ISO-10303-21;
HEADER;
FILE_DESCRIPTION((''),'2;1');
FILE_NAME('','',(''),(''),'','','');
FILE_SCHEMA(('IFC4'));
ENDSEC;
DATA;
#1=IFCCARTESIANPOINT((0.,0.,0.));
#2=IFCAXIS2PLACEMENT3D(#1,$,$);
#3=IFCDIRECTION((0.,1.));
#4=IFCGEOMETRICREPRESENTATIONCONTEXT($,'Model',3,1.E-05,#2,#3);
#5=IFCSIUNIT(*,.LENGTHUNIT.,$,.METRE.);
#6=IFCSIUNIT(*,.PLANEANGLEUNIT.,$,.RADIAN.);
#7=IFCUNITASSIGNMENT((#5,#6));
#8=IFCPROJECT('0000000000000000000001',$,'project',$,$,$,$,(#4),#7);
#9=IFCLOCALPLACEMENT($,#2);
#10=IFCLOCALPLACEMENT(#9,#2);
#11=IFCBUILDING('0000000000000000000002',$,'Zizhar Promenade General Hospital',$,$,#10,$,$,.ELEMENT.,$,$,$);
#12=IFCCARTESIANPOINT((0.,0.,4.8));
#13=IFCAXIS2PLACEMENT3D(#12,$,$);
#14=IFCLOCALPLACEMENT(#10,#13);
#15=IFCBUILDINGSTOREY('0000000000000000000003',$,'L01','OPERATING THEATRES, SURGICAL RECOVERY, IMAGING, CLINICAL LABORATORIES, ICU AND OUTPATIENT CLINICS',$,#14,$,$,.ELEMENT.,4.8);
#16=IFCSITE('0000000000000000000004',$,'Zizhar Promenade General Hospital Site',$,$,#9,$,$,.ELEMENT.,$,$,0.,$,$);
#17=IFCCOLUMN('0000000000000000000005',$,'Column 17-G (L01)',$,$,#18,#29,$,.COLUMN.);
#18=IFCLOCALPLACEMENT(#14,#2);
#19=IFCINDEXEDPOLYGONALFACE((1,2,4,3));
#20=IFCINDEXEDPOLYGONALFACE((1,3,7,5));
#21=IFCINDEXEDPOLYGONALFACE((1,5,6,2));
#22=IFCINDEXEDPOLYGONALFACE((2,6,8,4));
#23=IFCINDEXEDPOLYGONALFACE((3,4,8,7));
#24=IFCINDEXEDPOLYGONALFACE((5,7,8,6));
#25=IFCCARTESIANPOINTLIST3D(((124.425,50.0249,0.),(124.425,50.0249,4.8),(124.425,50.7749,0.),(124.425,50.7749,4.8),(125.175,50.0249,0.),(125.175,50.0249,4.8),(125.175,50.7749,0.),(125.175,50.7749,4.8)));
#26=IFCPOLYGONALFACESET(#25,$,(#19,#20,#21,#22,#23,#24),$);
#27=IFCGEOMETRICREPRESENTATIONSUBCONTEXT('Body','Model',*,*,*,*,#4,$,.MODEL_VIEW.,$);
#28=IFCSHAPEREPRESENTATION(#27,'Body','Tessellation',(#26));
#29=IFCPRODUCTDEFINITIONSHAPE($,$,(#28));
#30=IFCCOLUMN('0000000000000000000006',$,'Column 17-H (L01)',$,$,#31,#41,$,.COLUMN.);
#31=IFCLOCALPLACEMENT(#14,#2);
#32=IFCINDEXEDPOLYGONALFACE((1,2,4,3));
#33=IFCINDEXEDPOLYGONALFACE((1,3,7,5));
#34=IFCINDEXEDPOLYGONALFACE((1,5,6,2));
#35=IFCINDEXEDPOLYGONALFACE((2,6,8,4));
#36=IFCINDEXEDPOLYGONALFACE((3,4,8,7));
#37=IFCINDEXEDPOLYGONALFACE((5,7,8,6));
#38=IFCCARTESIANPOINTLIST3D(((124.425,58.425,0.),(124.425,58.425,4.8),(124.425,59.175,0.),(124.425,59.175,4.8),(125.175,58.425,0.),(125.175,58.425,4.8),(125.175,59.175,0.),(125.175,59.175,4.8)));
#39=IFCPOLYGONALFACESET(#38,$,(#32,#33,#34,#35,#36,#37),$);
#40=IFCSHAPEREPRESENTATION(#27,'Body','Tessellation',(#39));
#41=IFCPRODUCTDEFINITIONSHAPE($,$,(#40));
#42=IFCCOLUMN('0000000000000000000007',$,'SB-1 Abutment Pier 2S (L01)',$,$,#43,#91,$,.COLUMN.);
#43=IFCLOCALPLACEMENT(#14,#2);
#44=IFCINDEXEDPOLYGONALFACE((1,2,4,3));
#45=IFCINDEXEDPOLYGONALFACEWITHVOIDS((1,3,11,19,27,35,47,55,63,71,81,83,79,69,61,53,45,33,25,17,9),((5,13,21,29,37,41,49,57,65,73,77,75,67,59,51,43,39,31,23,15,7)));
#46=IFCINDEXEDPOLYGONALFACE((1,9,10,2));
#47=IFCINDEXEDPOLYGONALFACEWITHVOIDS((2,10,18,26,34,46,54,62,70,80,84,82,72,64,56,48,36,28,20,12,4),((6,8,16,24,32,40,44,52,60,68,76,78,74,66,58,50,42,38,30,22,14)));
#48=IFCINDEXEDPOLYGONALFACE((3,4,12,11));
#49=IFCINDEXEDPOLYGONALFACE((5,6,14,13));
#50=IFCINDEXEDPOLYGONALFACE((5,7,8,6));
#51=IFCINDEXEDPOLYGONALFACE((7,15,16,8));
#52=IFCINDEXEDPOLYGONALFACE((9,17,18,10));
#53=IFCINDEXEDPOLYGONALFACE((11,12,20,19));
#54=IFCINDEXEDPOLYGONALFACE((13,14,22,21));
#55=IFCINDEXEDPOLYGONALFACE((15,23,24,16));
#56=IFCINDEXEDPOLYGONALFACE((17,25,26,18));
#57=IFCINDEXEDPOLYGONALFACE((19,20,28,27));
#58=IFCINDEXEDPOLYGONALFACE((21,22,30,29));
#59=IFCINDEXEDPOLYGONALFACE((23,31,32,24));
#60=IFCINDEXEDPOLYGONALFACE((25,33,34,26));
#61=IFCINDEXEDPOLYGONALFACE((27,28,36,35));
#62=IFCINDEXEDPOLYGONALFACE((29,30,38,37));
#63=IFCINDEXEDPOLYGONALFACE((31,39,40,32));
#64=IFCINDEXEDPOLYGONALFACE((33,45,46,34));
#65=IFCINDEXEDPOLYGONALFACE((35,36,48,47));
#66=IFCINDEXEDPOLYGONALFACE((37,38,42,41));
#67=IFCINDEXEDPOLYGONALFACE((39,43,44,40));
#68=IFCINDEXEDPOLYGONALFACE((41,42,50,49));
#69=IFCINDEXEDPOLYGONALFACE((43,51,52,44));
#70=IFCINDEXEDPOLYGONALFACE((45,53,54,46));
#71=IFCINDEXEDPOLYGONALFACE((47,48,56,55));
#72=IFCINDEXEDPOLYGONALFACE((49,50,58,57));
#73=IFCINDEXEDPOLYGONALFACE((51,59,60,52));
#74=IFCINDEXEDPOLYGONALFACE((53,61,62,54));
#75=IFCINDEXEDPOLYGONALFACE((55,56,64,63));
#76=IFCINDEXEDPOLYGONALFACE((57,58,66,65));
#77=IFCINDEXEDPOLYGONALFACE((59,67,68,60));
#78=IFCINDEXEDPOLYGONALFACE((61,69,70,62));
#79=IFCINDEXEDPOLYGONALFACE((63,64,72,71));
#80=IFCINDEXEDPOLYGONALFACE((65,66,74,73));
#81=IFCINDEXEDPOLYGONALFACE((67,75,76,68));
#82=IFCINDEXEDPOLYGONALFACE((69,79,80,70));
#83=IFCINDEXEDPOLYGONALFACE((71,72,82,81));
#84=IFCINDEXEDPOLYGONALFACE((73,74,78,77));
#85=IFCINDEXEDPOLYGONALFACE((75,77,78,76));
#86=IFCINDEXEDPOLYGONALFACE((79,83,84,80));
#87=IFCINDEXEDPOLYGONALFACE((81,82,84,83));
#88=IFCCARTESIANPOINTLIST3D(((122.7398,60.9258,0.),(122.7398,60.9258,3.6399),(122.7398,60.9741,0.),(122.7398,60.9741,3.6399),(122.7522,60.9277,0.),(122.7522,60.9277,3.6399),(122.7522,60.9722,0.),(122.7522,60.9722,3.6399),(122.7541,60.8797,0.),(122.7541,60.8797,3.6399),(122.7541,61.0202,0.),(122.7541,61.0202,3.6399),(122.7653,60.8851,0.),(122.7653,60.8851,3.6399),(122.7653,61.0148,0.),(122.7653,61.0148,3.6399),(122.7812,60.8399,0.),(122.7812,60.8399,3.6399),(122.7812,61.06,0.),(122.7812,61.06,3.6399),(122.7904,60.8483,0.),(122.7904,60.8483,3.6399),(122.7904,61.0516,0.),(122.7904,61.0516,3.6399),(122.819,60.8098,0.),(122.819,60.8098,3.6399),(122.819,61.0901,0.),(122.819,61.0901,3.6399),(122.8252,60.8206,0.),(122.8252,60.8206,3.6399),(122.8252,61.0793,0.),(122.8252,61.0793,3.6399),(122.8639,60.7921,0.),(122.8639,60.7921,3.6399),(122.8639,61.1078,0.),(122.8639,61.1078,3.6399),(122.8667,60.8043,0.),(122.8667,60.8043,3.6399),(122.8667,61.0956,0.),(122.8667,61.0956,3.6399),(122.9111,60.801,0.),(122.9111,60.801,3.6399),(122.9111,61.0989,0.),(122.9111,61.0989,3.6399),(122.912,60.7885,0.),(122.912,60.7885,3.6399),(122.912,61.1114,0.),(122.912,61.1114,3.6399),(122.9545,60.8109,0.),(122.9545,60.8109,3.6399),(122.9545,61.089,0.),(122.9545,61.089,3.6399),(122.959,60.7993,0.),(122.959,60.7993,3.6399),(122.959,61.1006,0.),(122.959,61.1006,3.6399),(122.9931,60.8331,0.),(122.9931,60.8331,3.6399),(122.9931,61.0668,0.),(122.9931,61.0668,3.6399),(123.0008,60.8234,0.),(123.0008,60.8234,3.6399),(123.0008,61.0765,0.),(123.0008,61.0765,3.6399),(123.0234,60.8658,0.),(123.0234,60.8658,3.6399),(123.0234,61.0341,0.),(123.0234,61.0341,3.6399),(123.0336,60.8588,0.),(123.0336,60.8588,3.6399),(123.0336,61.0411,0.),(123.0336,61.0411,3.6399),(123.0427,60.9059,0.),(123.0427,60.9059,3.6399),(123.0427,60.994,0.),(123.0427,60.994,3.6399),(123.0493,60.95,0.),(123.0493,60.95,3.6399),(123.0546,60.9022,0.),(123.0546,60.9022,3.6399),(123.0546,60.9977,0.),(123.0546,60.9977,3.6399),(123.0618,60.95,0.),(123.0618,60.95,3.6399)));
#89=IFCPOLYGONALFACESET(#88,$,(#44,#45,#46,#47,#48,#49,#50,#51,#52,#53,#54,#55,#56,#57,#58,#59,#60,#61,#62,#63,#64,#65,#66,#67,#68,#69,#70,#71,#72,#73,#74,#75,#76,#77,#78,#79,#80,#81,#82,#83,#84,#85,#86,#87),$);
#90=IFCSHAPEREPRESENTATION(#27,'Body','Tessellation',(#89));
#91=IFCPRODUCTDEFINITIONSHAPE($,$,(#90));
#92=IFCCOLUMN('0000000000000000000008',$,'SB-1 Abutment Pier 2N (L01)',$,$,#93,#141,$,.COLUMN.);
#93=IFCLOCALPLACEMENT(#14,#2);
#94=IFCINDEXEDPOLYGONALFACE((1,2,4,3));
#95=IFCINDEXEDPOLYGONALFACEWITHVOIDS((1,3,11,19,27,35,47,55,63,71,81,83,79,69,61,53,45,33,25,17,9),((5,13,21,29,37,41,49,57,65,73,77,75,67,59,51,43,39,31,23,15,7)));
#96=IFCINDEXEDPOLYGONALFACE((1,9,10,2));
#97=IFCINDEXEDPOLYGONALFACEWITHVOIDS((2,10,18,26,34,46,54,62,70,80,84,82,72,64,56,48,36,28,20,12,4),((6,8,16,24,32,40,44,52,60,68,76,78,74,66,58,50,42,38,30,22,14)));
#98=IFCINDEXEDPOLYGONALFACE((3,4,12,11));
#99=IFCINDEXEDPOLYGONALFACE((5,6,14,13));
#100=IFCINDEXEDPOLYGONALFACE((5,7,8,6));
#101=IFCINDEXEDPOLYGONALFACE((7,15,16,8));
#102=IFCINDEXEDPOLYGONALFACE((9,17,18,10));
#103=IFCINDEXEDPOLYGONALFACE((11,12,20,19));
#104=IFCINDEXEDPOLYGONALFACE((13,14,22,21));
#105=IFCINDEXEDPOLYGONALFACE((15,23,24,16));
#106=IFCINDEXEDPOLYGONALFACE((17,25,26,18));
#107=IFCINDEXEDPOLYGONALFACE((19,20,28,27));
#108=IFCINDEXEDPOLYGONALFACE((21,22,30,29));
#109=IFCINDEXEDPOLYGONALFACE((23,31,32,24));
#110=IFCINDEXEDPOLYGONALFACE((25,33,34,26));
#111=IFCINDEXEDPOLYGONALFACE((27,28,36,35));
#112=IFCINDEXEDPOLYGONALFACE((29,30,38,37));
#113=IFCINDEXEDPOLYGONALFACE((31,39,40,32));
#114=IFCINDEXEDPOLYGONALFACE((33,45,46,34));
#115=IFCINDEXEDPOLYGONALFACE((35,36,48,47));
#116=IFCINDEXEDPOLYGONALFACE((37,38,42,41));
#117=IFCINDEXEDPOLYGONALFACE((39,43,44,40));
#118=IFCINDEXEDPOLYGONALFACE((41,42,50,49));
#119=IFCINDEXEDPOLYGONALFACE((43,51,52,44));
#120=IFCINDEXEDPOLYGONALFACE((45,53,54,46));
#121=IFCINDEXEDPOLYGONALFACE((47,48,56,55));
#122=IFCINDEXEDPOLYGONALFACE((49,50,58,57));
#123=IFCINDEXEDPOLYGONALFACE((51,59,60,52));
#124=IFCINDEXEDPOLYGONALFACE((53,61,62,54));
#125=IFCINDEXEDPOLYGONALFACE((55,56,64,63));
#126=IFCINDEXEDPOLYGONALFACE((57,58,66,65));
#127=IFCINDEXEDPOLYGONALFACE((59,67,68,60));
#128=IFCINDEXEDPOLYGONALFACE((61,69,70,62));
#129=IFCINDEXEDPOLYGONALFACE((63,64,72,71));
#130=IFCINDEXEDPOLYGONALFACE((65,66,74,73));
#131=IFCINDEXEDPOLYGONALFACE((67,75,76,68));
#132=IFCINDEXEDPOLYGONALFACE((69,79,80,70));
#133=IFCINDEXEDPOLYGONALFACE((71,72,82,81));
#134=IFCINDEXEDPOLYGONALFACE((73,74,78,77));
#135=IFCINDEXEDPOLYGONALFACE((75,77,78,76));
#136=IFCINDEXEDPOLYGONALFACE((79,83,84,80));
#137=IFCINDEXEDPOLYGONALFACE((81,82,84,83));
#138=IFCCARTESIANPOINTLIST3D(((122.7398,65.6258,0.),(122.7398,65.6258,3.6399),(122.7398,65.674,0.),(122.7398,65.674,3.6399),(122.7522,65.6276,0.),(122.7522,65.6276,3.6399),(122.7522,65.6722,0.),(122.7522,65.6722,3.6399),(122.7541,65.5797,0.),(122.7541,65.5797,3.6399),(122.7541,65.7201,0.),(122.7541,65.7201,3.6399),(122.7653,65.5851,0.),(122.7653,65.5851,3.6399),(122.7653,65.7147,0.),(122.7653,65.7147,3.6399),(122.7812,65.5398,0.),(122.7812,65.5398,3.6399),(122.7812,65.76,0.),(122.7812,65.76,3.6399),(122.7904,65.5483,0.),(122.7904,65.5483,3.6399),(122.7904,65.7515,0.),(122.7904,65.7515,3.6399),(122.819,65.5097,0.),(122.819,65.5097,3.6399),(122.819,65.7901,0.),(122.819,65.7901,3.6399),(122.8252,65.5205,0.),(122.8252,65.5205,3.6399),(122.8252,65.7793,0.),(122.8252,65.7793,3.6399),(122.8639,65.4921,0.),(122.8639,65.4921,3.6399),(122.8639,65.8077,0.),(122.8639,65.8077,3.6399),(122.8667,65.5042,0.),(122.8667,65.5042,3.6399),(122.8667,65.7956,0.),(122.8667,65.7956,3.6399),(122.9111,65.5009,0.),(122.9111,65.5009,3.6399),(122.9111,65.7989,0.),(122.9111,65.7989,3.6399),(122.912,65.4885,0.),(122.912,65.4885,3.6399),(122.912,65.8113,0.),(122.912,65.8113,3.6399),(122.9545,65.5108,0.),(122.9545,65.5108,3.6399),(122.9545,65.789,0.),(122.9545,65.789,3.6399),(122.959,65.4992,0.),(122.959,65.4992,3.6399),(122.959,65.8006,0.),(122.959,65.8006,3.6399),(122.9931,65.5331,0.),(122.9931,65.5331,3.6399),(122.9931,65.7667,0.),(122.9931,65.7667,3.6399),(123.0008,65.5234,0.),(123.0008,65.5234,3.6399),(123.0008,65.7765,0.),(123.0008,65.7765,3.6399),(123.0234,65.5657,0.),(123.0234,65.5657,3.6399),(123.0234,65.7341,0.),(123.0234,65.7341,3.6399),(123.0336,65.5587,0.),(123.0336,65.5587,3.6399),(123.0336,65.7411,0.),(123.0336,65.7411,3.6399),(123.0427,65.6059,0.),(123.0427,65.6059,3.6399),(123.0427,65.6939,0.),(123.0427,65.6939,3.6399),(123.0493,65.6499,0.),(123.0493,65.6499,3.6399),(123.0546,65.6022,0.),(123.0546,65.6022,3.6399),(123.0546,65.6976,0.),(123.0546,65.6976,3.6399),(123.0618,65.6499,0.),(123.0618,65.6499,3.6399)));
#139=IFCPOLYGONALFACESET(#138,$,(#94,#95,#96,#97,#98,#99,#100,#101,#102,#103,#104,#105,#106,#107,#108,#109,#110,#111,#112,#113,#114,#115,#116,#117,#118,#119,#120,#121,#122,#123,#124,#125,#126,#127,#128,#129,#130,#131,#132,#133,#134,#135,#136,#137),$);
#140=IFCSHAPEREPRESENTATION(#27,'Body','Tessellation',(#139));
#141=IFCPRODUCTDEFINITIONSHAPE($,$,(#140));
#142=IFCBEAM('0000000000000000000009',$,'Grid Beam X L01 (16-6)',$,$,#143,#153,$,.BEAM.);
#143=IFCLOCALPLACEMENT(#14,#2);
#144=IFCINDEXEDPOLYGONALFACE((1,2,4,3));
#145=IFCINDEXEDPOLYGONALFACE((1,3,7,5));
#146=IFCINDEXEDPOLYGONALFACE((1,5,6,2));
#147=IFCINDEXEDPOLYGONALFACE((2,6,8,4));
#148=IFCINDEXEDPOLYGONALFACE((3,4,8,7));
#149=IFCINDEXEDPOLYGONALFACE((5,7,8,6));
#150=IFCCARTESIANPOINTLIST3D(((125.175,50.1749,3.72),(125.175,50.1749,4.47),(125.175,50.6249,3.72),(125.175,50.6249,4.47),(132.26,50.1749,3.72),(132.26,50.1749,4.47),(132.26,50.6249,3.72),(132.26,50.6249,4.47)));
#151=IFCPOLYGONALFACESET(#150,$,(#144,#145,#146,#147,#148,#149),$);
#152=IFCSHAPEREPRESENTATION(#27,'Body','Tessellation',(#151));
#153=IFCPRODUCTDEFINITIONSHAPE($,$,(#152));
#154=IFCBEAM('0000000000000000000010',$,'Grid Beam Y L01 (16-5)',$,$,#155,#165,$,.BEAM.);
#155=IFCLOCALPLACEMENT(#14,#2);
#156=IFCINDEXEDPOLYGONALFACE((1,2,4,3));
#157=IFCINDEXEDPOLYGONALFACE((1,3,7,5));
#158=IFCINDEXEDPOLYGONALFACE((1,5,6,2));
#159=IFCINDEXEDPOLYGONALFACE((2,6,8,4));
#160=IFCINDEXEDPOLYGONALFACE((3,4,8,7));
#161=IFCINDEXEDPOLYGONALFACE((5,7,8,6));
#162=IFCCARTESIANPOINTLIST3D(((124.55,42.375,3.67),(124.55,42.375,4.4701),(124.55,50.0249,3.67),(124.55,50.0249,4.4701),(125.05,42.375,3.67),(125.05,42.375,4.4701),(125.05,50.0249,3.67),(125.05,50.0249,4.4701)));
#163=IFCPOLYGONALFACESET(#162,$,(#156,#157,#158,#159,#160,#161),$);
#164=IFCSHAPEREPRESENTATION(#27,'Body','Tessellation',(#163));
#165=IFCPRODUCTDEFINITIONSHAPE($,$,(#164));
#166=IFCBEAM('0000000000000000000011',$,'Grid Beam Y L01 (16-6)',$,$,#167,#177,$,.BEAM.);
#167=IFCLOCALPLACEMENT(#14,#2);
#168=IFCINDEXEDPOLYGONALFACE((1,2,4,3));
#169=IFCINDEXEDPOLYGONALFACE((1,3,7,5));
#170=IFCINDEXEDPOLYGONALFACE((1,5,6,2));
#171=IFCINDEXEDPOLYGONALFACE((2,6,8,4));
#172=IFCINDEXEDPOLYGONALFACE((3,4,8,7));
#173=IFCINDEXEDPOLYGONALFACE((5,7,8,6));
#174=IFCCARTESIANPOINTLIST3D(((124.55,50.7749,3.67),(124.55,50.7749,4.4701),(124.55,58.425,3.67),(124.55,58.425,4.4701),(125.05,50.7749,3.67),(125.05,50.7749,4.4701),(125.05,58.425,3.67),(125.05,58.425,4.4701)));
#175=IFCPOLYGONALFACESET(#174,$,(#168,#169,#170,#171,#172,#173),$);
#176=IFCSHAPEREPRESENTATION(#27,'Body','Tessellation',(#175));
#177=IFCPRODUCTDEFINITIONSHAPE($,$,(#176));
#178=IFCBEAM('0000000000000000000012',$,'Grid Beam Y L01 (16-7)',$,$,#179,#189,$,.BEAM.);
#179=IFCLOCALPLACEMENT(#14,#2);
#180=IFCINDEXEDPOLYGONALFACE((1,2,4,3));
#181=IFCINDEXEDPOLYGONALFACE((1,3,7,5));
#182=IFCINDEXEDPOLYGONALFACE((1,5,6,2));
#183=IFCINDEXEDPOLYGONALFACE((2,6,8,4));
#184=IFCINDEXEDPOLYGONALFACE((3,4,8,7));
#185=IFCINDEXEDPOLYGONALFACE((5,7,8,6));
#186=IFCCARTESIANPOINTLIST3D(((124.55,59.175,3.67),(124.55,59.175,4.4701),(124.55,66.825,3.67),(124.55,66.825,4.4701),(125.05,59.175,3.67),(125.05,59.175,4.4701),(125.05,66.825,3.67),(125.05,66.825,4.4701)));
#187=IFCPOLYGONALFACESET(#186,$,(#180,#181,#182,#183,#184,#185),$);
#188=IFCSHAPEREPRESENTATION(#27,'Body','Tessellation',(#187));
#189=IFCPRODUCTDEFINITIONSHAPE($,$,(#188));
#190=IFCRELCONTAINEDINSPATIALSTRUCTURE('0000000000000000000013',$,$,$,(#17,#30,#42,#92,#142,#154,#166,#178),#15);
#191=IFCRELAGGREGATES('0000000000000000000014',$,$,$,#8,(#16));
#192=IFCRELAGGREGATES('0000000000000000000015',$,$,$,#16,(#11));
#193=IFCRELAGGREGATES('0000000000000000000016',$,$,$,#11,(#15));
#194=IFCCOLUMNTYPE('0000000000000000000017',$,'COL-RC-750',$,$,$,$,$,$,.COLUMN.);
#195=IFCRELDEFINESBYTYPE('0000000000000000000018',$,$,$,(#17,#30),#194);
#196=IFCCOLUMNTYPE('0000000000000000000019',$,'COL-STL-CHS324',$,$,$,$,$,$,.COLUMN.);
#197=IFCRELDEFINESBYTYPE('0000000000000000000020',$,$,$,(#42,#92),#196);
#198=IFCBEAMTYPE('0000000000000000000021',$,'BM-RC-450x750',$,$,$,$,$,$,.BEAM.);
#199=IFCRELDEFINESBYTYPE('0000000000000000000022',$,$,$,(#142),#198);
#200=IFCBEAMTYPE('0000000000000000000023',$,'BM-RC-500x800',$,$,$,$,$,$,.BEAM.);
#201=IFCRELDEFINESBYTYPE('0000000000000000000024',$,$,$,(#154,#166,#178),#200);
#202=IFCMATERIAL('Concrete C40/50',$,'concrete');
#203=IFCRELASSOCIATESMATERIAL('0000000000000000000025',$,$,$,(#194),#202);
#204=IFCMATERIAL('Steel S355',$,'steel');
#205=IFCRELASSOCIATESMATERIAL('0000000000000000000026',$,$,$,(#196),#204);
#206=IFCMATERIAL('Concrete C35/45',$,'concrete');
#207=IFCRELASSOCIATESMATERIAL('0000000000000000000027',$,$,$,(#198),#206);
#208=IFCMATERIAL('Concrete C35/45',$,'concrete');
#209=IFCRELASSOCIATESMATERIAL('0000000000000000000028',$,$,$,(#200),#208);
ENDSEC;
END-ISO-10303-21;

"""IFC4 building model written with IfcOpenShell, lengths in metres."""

from ifc_helpers import new_model, si_unit, direction, frame, origin, origin_2d, place, context, subcontext, project, spatial, rectangle, hollow_circle, extrude, material, material_profile, profile_set, type_object, element, save


model = new_model("IFC4")

# Units and contexts
model_context = context("Model", 3, precision=1e-05, world=origin(), true_north=direction((0.0, 1.0)))
body_context = subcontext(model_context, "Body", "Model", "MODEL_VIEW")
ifc_project = project(units=[si_unit("LENGTHUNIT", "METRE"), si_unit("PLANEANGLEUNIT", "RADIAN")], contexts=[model_context])

# Site, building, storey
site_placement = place(None, origin())
site = spatial("IfcSite", under=ifc_project, at=site_placement, Name="Zizhar Promenade General Hospital Site", CompositionType="ELEMENT", RefElevation=0.0)
building_placement = place(site_placement, origin())
building = spatial("IfcBuilding", under=site, at=building_placement, Name="Zizhar Promenade General Hospital", CompositionType="ELEMENT")
storey_placement = place(building_placement, frame((0.0, 0.0, 4.8)))
storey = spatial("IfcBuildingStorey", under=building, at=storey_placement, Name="L01", Description="OPERATING THEATRES, SURGICAL RECOVERY, IMAGING, CLINICAL LABORATORIES, ICU AND OUTPATIENT CLINICS", CompositionType="ELEMENT", Elevation=4.8)

# Columns
ifc_material_1 = material(Name="Concrete C40/50", Category="concrete")
ifc_material_profile_1 = material_profile(ifc_material_1, rectangle(XDim=0.75, YDim=0.75, at=origin_2d()))
ifc_profile_set_1 = profile_set([ifc_material_profile_1], Name="Concrete C40/50")
column_type_1 = type_object("IfcColumnType", Name="COL-RC-750", PredefinedType="COLUMN", material=ifc_profile_set_1)
for number, where, z_axis, x_axis, name in (
    (1, (124.8, 50.3999, 0.0), (0.0, 0.0, 1.0), (1.0, 0.0, 0.0), "Column 17-G (L01)"),
    (2, (124.8, 58.8, 0.0), (0.0, 0.0, 1.0), (1.0, 0.0, 0.0), "Column 17-H (L01)"),
):
    element("IfcColumn", number, at=place(storey_placement, frame(where, z_axis=z_axis, x_axis=x_axis)), inside=storey, type_object=column_type_1, Name=name, PredefinedType="COLUMN", context=body_context, shape_type="SweptSolid", body=[
        extrude(rectangle(XDim=0.75, YDim=0.75, at=origin_2d()), origin(), (0.0, 0.0, 1.0), 4.8),
    ])
ifc_material_2 = material(Name="Steel S355", Category="steel")
ifc_material_profile_2 = material_profile(ifc_material_2, hollow_circle(Radius=0.1619, WallThickness=0.0125, at=origin_2d()))
ifc_profile_set_2 = profile_set([ifc_material_profile_2], Name="Steel S355")
column_type_2 = type_object("IfcColumnType", Name="COL-STL-CHS324", PredefinedType="COLUMN", material=ifc_profile_set_2)
for number, where, z_axis, x_axis, name in (
    (3, (122.8999, 60.95, 0.0), (0.0, 0.0, 1.0), (1.0, 0.0, 0.0), "SB-1 Abutment Pier 2S (L01)"),
    (4, (122.8999, 65.6499, 0.0), (0.0, 0.0, 1.0), (1.0, 0.0, 0.0), "SB-1 Abutment Pier 2N (L01)"),
):
    element("IfcColumn", number, at=place(storey_placement, frame(where, z_axis=z_axis, x_axis=x_axis)), inside=storey, type_object=column_type_2, Name=name, PredefinedType="COLUMN", context=body_context, shape_type="SweptSolid", body=[
        extrude(hollow_circle(Radius=0.1619, WallThickness=0.0125, at=origin_2d()), origin(), (0.0, 0.0, 1.0), 3.6399),
    ])

# Beams
ifc_material_3 = material(Name="Concrete C35/45", Category="concrete")
ifc_material_profile_3 = material_profile(ifc_material_3, rectangle(XDim=0.45, YDim=0.75, at=origin_2d()))
ifc_profile_set_3 = profile_set([ifc_material_profile_3], Name="Concrete C35/45")
beam_type_1 = type_object("IfcBeamType", Name="BM-RC-450x750", PredefinedType="BEAM", material=ifc_profile_set_3)
beam_1_placement = place(storey_placement, frame((125.175, 50.3999, 4.095), z_axis=(1.0, 0.0, 0.0), x_axis=(0.0, 1.0, 0.0)))
element("IfcBeam", 5, at=beam_1_placement, inside=storey, type_object=beam_type_1, Name="Grid Beam X L01 (16-6)", PredefinedType="BEAM", context=body_context, shape_type="SweptSolid", body=[
    extrude(rectangle(XDim=0.45, YDim=0.75, at=origin_2d()), origin(), (0.0, 0.0, 1.0), 7.085),
])
ifc_material_4 = material(Name="Concrete C35/45", Category="concrete")
ifc_material_profile_4 = material_profile(ifc_material_4, rectangle(XDim=0.5, YDim=0.8, at=origin_2d()))
ifc_profile_set_4 = profile_set([ifc_material_profile_4], Name="Concrete C35/45")
beam_type_2 = type_object("IfcBeamType", Name="BM-RC-500x800", PredefinedType="BEAM", material=ifc_profile_set_4)
beam_2_placement = place(storey_placement, frame((124.8, 42.375, 4.0701), z_axis=(0.0, 1.0, 0.0), x_axis=(-1.0, 0.0, 0.0)))
element("IfcBeam", 6, at=beam_2_placement, inside=storey, type_object=beam_type_2, Name="Grid Beam Y L01 (16-5)", PredefinedType="BEAM", context=body_context, shape_type="SweptSolid", body=[
    extrude(rectangle(XDim=0.5, YDim=0.8, at=origin_2d()), origin(), (0.0, 0.0, 1.0), 7.6499),
])
beam_3_placement = place(storey_placement, frame((124.8, 50.7749, 4.0701), z_axis=(0.0, 1.0, 0.0), x_axis=(-1.0, 0.0, 0.0)))
element("IfcBeam", 7, at=beam_3_placement, inside=storey, type_object=beam_type_2, Name="Grid Beam Y L01 (16-6)", PredefinedType="BEAM", context=body_context, shape_type="SweptSolid", body=[
    extrude(rectangle(XDim=0.5, YDim=0.8, at=origin_2d()), origin(), (0.0, 0.0, 1.0), 7.6501),
])
beam_4_placement = place(storey_placement, frame((124.8, 59.175, 4.0701), z_axis=(0.0, 1.0, 0.0), x_axis=(-1.0, 0.0, 0.0)))
element("IfcBeam", 8, at=beam_4_placement, inside=storey, type_object=beam_type_2, Name="Grid Beam Y L01 (16-7)", PredefinedType="BEAM", context=body_context, shape_type="SweptSolid", body=[
    extrude(rectangle(XDim=0.5, YDim=0.8, at=origin_2d()), origin(), (0.0, 0.0, 1.0), 7.6499),
])

save(model, "model.ifc")
